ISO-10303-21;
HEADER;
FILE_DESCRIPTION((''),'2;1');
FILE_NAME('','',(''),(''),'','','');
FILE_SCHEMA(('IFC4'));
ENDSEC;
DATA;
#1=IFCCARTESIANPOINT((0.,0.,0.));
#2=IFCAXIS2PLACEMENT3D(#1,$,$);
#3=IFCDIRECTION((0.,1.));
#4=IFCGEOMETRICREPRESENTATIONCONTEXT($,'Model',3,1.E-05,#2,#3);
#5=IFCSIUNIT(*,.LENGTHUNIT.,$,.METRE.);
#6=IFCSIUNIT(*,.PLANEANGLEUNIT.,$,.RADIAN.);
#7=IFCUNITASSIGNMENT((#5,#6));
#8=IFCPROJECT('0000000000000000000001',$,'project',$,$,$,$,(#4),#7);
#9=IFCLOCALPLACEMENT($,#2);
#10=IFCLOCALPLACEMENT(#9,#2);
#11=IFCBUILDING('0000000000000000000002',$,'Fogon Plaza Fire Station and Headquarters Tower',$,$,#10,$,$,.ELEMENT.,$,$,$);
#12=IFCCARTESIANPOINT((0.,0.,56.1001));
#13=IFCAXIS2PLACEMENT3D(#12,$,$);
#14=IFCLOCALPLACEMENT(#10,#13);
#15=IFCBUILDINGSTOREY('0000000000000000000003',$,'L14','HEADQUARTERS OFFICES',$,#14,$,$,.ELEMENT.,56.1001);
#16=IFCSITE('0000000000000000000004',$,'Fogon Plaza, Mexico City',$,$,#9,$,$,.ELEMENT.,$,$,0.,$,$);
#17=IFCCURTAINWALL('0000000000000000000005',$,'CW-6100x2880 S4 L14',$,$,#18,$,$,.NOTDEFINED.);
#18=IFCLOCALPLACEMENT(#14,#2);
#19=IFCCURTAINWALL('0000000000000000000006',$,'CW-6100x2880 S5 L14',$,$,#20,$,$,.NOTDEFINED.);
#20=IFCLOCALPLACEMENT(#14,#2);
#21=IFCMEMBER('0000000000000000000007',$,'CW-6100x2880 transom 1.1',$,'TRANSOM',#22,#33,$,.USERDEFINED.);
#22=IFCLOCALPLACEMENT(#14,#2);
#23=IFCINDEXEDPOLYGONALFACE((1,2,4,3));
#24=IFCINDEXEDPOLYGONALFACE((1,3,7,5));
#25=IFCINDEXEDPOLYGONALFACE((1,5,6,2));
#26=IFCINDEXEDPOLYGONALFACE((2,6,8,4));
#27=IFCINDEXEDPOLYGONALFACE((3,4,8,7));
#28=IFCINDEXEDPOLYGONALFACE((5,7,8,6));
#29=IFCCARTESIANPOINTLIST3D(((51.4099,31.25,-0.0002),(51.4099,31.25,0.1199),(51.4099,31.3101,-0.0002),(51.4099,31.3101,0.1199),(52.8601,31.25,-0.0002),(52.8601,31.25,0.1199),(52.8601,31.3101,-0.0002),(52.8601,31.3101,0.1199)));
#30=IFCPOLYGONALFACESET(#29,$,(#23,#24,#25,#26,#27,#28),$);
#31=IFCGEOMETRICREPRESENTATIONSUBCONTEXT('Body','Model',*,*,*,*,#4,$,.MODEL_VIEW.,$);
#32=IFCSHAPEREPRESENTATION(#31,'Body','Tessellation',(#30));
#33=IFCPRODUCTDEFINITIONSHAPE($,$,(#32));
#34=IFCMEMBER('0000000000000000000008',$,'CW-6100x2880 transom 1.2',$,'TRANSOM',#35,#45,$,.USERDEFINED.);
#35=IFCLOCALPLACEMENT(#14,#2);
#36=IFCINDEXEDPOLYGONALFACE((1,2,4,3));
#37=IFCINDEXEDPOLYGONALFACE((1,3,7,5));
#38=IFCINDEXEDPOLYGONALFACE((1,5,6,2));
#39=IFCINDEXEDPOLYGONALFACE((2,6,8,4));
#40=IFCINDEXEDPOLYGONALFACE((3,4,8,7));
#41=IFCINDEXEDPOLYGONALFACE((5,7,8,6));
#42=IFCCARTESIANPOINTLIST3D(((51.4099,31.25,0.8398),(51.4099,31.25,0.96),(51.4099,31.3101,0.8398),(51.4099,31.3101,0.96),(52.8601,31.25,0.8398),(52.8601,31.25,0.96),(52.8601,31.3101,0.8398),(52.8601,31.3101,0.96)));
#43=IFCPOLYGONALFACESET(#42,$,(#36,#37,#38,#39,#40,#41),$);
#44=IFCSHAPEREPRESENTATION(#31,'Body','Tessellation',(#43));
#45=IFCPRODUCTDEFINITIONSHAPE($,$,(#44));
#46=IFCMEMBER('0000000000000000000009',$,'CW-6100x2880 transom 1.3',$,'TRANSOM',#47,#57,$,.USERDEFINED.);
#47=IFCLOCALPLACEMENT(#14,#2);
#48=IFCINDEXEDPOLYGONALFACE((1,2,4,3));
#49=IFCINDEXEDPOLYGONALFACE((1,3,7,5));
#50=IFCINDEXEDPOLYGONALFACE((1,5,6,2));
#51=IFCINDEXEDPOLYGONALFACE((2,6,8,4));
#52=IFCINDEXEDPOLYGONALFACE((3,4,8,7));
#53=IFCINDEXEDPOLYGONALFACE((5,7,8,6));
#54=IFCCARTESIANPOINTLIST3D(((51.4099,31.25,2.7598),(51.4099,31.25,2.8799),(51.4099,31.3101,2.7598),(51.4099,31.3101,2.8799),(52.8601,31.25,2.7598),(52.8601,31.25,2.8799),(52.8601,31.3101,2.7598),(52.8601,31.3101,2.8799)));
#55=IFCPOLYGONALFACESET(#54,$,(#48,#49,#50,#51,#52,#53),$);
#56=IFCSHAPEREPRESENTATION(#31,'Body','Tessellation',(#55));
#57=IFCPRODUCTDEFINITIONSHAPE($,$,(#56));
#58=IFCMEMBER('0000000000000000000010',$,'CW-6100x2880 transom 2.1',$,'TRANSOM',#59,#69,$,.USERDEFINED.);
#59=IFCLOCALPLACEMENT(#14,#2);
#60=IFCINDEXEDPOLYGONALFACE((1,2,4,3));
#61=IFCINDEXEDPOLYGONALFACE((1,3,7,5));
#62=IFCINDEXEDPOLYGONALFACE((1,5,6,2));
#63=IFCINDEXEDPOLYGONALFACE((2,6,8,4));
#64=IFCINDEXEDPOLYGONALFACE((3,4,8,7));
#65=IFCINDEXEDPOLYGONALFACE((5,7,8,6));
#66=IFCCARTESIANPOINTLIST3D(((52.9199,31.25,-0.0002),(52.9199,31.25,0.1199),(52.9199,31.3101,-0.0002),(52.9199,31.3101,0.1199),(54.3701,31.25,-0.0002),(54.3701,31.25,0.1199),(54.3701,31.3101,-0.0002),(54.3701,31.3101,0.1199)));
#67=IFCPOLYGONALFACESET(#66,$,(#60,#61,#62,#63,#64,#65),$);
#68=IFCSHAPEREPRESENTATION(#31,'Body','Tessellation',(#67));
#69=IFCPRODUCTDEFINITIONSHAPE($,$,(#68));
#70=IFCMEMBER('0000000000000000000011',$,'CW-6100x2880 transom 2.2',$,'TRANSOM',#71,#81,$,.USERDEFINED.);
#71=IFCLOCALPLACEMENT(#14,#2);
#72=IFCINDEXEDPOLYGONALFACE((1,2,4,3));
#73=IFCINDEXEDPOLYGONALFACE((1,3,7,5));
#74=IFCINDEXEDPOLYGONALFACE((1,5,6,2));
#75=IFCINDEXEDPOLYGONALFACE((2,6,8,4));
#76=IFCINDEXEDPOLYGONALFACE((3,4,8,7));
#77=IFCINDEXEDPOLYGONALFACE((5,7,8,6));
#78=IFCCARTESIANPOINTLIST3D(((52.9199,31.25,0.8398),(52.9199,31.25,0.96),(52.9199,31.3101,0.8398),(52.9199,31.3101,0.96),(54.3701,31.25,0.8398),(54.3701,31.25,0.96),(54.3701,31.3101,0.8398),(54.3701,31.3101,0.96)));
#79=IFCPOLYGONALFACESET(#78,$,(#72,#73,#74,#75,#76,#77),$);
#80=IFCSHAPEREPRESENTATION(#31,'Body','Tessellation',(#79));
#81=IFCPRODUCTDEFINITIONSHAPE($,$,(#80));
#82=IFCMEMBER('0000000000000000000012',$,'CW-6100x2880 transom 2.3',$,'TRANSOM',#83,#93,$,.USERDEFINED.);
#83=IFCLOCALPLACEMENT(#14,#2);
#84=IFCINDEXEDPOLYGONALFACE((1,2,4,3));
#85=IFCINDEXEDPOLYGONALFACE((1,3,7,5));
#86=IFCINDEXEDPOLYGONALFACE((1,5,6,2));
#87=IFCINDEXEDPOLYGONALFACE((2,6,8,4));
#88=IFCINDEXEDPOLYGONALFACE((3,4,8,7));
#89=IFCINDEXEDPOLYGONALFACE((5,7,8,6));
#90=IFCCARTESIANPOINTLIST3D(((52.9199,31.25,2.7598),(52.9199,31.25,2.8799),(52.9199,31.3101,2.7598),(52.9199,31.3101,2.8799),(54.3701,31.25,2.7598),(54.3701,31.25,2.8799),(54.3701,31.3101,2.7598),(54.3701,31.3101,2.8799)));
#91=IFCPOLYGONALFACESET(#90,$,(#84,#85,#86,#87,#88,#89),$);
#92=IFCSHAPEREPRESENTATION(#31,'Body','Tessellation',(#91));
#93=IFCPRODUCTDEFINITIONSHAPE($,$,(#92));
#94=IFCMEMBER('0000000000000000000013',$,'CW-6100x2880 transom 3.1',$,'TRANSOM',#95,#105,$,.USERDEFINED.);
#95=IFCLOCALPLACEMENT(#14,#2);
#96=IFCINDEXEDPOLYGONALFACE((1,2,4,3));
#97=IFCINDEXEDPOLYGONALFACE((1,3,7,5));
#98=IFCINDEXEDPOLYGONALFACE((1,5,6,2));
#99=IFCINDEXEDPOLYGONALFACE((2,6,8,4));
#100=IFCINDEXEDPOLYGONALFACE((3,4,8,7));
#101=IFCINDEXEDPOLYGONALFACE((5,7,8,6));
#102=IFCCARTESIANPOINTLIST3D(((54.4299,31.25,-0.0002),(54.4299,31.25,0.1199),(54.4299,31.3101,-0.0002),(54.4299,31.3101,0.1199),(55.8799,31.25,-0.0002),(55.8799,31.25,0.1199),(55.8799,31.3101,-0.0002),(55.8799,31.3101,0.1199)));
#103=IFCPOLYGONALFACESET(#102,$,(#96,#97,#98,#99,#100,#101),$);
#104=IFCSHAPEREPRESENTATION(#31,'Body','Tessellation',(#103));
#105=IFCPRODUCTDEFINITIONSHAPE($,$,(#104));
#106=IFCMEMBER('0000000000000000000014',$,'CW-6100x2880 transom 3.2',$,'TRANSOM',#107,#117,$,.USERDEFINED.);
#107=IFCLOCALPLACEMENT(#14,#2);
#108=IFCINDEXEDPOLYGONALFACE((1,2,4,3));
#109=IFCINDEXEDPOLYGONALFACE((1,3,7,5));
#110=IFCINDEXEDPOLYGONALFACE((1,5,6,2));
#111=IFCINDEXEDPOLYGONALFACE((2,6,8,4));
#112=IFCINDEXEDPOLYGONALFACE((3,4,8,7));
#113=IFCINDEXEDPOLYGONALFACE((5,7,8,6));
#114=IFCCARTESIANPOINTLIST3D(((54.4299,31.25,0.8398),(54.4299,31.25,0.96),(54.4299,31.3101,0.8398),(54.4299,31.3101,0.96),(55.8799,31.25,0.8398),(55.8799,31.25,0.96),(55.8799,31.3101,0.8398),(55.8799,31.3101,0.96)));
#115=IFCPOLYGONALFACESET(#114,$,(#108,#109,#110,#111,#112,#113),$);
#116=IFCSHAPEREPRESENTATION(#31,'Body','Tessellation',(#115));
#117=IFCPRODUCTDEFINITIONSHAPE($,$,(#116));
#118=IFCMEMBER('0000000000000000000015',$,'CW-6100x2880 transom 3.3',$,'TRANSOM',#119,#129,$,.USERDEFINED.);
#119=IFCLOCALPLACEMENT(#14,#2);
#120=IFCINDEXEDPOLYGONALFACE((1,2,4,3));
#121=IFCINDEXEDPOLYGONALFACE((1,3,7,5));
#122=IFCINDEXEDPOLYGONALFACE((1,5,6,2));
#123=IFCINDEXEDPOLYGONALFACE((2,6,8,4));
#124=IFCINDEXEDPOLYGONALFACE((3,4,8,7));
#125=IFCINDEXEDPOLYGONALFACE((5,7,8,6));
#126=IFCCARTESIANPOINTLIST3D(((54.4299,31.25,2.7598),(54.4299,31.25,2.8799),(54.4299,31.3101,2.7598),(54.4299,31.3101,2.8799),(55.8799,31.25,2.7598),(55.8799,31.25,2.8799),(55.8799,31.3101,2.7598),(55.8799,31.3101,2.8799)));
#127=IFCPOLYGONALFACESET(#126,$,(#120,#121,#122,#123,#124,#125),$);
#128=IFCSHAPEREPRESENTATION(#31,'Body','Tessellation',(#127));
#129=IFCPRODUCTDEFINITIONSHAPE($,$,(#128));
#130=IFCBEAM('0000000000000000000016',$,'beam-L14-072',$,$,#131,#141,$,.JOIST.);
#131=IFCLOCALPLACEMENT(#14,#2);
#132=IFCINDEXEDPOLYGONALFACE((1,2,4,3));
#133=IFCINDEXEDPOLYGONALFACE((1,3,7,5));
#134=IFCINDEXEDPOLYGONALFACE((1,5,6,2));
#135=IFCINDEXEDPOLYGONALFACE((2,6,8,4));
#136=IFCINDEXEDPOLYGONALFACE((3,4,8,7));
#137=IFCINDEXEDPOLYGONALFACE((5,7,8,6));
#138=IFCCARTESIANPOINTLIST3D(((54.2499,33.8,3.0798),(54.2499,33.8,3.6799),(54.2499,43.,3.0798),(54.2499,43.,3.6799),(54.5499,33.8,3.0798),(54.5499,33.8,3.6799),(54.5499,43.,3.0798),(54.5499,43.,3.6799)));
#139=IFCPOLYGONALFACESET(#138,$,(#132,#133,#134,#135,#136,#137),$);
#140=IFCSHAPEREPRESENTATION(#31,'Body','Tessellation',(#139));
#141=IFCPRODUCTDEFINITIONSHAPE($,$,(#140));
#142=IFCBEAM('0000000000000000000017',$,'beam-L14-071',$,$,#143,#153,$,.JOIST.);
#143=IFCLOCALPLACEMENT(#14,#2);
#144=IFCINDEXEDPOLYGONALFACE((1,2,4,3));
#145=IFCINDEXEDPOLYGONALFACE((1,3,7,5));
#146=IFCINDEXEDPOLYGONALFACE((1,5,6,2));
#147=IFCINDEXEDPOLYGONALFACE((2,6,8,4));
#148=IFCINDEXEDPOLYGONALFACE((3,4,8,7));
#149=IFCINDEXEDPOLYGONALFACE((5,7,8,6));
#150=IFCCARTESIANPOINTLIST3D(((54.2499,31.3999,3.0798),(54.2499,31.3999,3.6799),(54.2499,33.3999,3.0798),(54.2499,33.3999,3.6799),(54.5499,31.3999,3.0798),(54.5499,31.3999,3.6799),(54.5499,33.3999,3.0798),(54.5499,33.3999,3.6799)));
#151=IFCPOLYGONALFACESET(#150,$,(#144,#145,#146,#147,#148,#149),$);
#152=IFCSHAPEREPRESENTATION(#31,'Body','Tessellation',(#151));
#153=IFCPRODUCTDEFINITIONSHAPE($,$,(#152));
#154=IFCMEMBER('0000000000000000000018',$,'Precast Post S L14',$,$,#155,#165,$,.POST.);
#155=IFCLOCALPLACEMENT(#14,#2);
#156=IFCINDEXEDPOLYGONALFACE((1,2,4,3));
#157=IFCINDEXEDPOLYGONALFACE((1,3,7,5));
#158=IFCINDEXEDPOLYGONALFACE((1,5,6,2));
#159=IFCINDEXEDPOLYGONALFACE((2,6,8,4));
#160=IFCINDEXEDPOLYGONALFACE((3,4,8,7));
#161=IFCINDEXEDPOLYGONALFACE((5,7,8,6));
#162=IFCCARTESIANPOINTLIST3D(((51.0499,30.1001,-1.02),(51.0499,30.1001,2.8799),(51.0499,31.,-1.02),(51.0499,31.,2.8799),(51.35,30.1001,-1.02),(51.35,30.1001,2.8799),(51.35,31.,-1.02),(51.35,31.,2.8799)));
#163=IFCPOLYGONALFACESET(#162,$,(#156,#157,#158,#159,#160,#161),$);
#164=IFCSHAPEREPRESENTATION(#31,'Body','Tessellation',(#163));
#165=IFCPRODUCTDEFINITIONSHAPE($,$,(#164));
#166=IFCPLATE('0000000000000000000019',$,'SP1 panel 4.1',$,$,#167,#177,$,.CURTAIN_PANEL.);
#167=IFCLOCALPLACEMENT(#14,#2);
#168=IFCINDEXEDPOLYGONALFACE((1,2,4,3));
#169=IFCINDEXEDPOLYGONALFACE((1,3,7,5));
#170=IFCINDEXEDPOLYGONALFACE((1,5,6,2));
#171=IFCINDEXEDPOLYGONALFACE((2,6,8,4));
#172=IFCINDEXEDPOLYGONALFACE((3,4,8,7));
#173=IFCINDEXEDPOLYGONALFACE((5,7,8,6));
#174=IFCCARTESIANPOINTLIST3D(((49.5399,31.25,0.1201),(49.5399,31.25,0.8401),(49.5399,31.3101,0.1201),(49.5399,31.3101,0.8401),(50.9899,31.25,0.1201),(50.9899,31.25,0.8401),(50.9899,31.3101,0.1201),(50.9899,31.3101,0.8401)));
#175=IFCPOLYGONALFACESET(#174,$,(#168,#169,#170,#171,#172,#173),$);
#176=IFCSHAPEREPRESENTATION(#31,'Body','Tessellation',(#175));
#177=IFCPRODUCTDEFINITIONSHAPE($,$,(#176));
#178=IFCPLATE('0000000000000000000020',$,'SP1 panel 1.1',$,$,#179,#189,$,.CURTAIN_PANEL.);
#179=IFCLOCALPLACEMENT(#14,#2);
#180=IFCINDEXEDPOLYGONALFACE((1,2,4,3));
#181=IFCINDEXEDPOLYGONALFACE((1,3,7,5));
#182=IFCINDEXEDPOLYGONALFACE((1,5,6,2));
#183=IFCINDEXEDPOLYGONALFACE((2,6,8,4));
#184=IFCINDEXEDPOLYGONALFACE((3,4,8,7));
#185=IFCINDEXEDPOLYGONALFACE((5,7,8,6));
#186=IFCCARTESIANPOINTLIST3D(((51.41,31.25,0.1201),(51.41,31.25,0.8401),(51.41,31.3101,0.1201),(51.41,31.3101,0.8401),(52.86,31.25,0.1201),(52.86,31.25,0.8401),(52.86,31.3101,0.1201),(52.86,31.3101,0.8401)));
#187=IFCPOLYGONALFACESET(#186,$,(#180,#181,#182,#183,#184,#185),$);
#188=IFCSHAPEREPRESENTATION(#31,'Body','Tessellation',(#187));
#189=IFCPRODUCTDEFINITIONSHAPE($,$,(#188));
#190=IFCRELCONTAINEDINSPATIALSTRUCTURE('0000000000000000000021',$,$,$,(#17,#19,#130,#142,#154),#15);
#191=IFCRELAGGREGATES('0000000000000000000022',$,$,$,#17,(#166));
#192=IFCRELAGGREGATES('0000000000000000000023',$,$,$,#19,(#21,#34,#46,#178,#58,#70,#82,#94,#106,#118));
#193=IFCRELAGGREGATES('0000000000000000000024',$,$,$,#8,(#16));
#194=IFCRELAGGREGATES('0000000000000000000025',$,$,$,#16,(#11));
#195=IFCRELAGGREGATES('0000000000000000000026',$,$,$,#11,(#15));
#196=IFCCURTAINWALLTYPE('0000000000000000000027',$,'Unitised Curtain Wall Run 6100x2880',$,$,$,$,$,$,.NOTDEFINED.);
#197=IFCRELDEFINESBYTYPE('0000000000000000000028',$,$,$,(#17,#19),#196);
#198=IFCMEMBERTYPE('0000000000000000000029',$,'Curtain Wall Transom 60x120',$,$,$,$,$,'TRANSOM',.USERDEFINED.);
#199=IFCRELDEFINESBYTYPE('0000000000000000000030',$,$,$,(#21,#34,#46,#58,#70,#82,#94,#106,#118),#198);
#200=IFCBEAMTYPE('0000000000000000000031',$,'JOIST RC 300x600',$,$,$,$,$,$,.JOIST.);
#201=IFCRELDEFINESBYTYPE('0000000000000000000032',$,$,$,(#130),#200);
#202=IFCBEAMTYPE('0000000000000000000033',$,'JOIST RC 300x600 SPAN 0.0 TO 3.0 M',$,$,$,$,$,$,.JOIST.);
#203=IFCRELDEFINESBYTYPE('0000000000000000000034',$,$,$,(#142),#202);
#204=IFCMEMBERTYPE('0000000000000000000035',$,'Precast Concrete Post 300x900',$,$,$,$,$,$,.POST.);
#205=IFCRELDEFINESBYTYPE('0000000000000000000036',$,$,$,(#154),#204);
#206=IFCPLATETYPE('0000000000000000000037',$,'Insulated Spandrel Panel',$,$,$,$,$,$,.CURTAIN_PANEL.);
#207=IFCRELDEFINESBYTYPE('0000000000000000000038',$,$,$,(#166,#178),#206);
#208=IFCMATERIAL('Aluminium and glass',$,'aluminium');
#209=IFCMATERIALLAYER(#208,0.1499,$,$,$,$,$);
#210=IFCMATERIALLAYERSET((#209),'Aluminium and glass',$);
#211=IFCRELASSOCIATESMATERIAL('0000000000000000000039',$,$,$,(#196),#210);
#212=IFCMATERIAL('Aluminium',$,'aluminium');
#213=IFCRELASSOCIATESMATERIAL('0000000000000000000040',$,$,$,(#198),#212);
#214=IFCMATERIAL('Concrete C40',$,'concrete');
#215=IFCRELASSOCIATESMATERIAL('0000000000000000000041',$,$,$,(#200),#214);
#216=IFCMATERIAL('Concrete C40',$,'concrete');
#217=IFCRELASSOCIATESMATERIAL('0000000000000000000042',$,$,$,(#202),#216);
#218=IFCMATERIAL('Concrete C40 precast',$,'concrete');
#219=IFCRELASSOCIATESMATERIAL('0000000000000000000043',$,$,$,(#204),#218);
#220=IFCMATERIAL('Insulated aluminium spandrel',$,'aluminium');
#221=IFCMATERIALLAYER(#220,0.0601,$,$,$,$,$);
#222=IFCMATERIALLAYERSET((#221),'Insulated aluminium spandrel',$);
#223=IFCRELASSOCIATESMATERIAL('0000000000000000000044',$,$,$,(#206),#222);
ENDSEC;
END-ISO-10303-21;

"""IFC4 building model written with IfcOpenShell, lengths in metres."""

from ifc_helpers import new_model, si_unit, direction, frame, origin, origin_2d, place, context, subcontext, project, spatial, rectangle, extrude, material, layer, layer_set, material_profile, profile_set, type_object, element, aggregate, save


model = new_model("IFC4")

# Units and contexts
model_context = context("Model", 3, precision=1e-05, world=origin(), true_north=direction((0.0, 1.0)))
body_context = subcontext(model_context, "Body", "Model", "MODEL_VIEW")
ifc_project = project(units=[si_unit("LENGTHUNIT", "METRE"), si_unit("PLANEANGLEUNIT", "RADIAN")], contexts=[model_context])

# Site, building, storey
site_placement = place(None, origin())
site = spatial("IfcSite", under=ifc_project, at=site_placement, Name="Fogon Plaza, Mexico City", CompositionType="ELEMENT", RefElevation=0.0)
building_placement = place(site_placement, origin())
building = spatial("IfcBuilding", under=site, at=building_placement, Name="Fogon Plaza Fire Station and Headquarters Tower", CompositionType="ELEMENT")
storey_placement = place(building_placement, frame((0.0, 0.0, 56.1001)))
storey = spatial("IfcBuildingStorey", under=building, at=storey_placement, Name="L14", Description="HEADQUARTERS OFFICES", CompositionType="ELEMENT", Elevation=56.1001)

# Curtain walls
ifc_material_1 = material(Name="Aluminium and glass", Category="aluminium")
ifc_layer_1 = layer(ifc_material_1, 0.1499)
ifc_layer_set_1 = layer_set([ifc_layer_1], Name="Aluminium and glass")
curtain_wall_type = type_object("IfcCurtainWallType", Name="Unitised Curtain Wall Run 6100x2880", PredefinedType="NOTDEFINED", material=ifc_layer_set_1)
curtain_wall_1_placement = place(storey_placement, origin())
curtain_wall_1 = element("IfcCurtainWall", 1, at=curtain_wall_1_placement, inside=storey, type_object=curtain_wall_type, Name="CW-6100x2880 S4 L14", PredefinedType="NOTDEFINED")
curtain_wall_2_placement = place(storey_placement, origin())
curtain_wall_2 = element("IfcCurtainWall", 2, at=curtain_wall_2_placement, inside=storey, type_object=curtain_wall_type, Name="CW-6100x2880 S5 L14", PredefinedType="NOTDEFINED")

# Members
ifc_material_2 = material(Name="Aluminium", Category="aluminium")
ifc_material_profile_1 = material_profile(ifc_material_2, rectangle(XDim=0.0601, YDim=0.1201, at=origin_2d()), Name="Curtain Wall Transom 60x120")
ifc_profile_set_1 = profile_set([ifc_material_profile_1], Name="Aluminium")
member_type_1 = type_object("IfcMemberType", Name="Curtain Wall Transom 60x120", ElementType="TRANSOM", PredefinedType="USERDEFINED", material=ifc_profile_set_1)
member_1_placement = place(storey_placement, frame((51.4099, 31.28, 0.0598), z_axis=(1.0, 0.0, 0.0), x_axis=(0.0, 1.0, 0.0)))
member_1 = element("IfcMember", 3, at=member_1_placement, type_object=member_type_1, Name="CW-6100x2880 transom 1.1", ObjectType="TRANSOM", PredefinedType="USERDEFINED", context=body_context, shape_type="SweptSolid", body=[
    extrude(rectangle(XDim=0.0601, YDim=0.1201, at=origin_2d()), origin(), (0.0, 0.0, 1.0), 1.4502),
])
member_2_placement = place(storey_placement, frame((51.4099, 31.28, 0.8999), z_axis=(1.0, 0.0, 0.0), x_axis=(0.0, 1.0, 0.0)))
member_2 = element("IfcMember", 4, at=member_2_placement, type_object=member_type_1, Name="CW-6100x2880 transom 1.2", ObjectType="TRANSOM", PredefinedType="USERDEFINED", context=body_context, shape_type="SweptSolid", body=[
    extrude(rectangle(XDim=0.0601, YDim=0.1201, at=origin_2d()), origin(), (0.0, 0.0, 1.0), 1.4502),
])
member_3_placement = place(storey_placement, frame((51.4099, 31.28, 2.8198), z_axis=(1.0, 0.0, 0.0), x_axis=(0.0, 1.0, 0.0)))
member_3 = element("IfcMember", 5, at=member_3_placement, type_object=member_type_1, Name="CW-6100x2880 transom 1.3", ObjectType="TRANSOM", PredefinedType="USERDEFINED", context=body_context, shape_type="SweptSolid", body=[
    extrude(rectangle(XDim=0.0601, YDim=0.1201, at=origin_2d()), origin(), (0.0, 0.0, 1.0), 1.4502),
])
member_4_placement = place(storey_placement, frame((52.9199, 31.28, 0.0598), z_axis=(1.0, 0.0, 0.0), x_axis=(0.0, 1.0, 0.0)))
member_4 = element("IfcMember", 6, at=member_4_placement, type_object=member_type_1, Name="CW-6100x2880 transom 2.1", ObjectType="TRANSOM", PredefinedType="USERDEFINED", context=body_context, shape_type="SweptSolid", body=[
    extrude(rectangle(XDim=0.0601, YDim=0.1201, at=origin_2d()), origin(), (0.0, 0.0, 1.0), 1.4502),
])
member_5_placement = place(storey_placement, frame((52.9199, 31.28, 0.8999), z_axis=(1.0, 0.0, 0.0), x_axis=(0.0, 1.0, 0.0)))
member_5 = element("IfcMember", 7, at=member_5_placement, type_object=member_type_1, Name="CW-6100x2880 transom 2.2", ObjectType="TRANSOM", PredefinedType="USERDEFINED", context=body_context, shape_type="SweptSolid", body=[
    extrude(rectangle(XDim=0.0601, YDim=0.1201, at=origin_2d()), origin(), (0.0, 0.0, 1.0), 1.4502),
])
member_6_placement = place(storey_placement, frame((52.9199, 31.28, 2.8198), z_axis=(1.0, 0.0, 0.0), x_axis=(0.0, 1.0, 0.0)))
member_6 = element("IfcMember", 8, at=member_6_placement, type_object=member_type_1, Name="CW-6100x2880 transom 2.3", ObjectType="TRANSOM", PredefinedType="USERDEFINED", context=body_context, shape_type="SweptSolid", body=[
    extrude(rectangle(XDim=0.0601, YDim=0.1201, at=origin_2d()), origin(), (0.0, 0.0, 1.0), 1.4502),
])
member_7_placement = place(storey_placement, frame((54.4299, 31.28, 0.0598), z_axis=(1.0, 0.0, 0.0), x_axis=(0.0, 1.0, 0.0)))
member_7 = element("IfcMember", 9, at=member_7_placement, type_object=member_type_1, Name="CW-6100x2880 transom 3.1", ObjectType="TRANSOM", PredefinedType="USERDEFINED", context=body_context, shape_type="SweptSolid", body=[
    extrude(rectangle(XDim=0.0601, YDim=0.1201, at=origin_2d()), origin(), (0.0, 0.0, 1.0), 1.45),
])
member_8_placement = place(storey_placement, frame((54.4299, 31.28, 0.8999), z_axis=(1.0, 0.0, 0.0), x_axis=(0.0, 1.0, 0.0)))
member_8 = element("IfcMember", 10, at=member_8_placement, type_object=member_type_1, Name="CW-6100x2880 transom 3.2", ObjectType="TRANSOM", PredefinedType="USERDEFINED", context=body_context, shape_type="SweptSolid", body=[
    extrude(rectangle(XDim=0.0601, YDim=0.1201, at=origin_2d()), origin(), (0.0, 0.0, 1.0), 1.45),
])
member_9_placement = place(storey_placement, frame((54.4299, 31.28, 2.8198), z_axis=(1.0, 0.0, 0.0), x_axis=(0.0, 1.0, 0.0)))
member_9 = element("IfcMember", 11, at=member_9_placement, type_object=member_type_1, Name="CW-6100x2880 transom 3.3", ObjectType="TRANSOM", PredefinedType="USERDEFINED", context=body_context, shape_type="SweptSolid", body=[
    extrude(rectangle(XDim=0.0601, YDim=0.1201, at=origin_2d()), origin(), (0.0, 0.0, 1.0), 1.45),
])

# Beams
ifc_material_3 = material(Name="Concrete C40", Category="concrete")
ifc_material_profile_2 = material_profile(ifc_material_3, rectangle(XDim=0.3, YDim=0.6001, at=origin_2d()), Name="RC 300x600")
ifc_profile_set_2 = profile_set([ifc_material_profile_2], Name="Concrete C40")
beam_type_1 = type_object("IfcBeamType", Name="JOIST RC 300x600", PredefinedType="JOIST", material=ifc_profile_set_2)
beam_1_placement = place(storey_placement, frame((54.3999, 33.8, 3.3799), z_axis=(0.0, 1.0, 0.0), x_axis=(-1.0, 0.0, 0.0)))
element("IfcBeam", 12, at=beam_1_placement, inside=storey, type_object=beam_type_1, Name="beam-L14-072", PredefinedType="JOIST", context=body_context, shape_type="SweptSolid", body=[
    extrude(rectangle(XDim=0.3, YDim=0.6001, at=origin_2d()), origin(), (0.0, 0.0, 1.0), 9.2),
])
ifc_material_4 = material(Name="Concrete C40", Category="concrete")
ifc_material_profile_3 = material_profile(ifc_material_4, rectangle(XDim=0.3, YDim=0.6001, at=origin_2d()), Name="RC 300x600")
ifc_profile_set_3 = profile_set([ifc_material_profile_3], Name="Concrete C40")
beam_type_2 = type_object("IfcBeamType", Name="JOIST RC 300x600 SPAN 0.0 TO 3.0 M", PredefinedType="JOIST", material=ifc_profile_set_3)
beam_2_placement = place(storey_placement, frame((54.3999, 31.3999, 3.3799), z_axis=(0.0, 1.0, 0.0), x_axis=(-1.0, 0.0, 0.0)))
element("IfcBeam", 13, at=beam_2_placement, inside=storey, type_object=beam_type_2, Name="beam-L14-071", PredefinedType="JOIST", context=body_context, shape_type="SweptSolid", body=[
    extrude(rectangle(XDim=0.3, YDim=0.6001, at=origin_2d()), origin(), (0.0, 0.0, 1.0), 2.0),
])

# Member
ifc_material_5 = material(Name="Concrete C40 precast", Category="concrete")
ifc_material_profile_4 = material_profile(ifc_material_5, rectangle(XDim=0.3, YDim=0.8999, at=origin_2d()), Name="Precast Concrete Post 300x900")
ifc_profile_set_4 = profile_set([ifc_material_profile_4], Name="Concrete C40 precast")
member_type_2 = type_object("IfcMemberType", Name="Precast Concrete Post 300x900", PredefinedType="POST", material=ifc_profile_set_4)
member_10_placement = place(storey_placement, frame((51.2, 30.55, -1.02), z_axis=(0.0, 0.0, 1.0), x_axis=(1.0, 0.0, 0.0)))
element("IfcMember", 14, at=member_10_placement, inside=storey, type_object=member_type_2, Name="Precast Post S L14", PredefinedType="POST", context=body_context, shape_type="SweptSolid", body=[
    extrude(rectangle(XDim=0.3, YDim=0.8999, at=origin_2d()), origin(), (0.0, 0.0, 1.0), 3.8999),
])

# Plates
ifc_material_6 = material(Name="Insulated aluminium spandrel", Category="aluminium")
ifc_layer_2 = layer(ifc_material_6, 0.0601)
ifc_layer_set_2 = layer_set([ifc_layer_2], Name="Insulated aluminium spandrel")
plate_type_1 = type_object("IfcPlateType", Name="Insulated Spandrel Panel", PredefinedType="CURTAIN_PANEL", material=ifc_layer_set_2)
plate_1_placement = place(storey_placement, frame((50.2649, 31.28, 0.1201), z_axis=(0.0, 0.0, 1.0), x_axis=(1.0, 0.0, 0.0)))
plate_1 = element("IfcPlate", 15, at=plate_1_placement, type_object=plate_type_1, Name="SP1 panel 4.1", PredefinedType="CURTAIN_PANEL", context=body_context, shape_type="SweptSolid", body=[
    extrude(rectangle(XDim=1.45, YDim=0.0601, at=origin_2d()), origin(), (0.0, 0.0, 1.0), 0.72),
])
plate_2_placement = place(storey_placement, frame((52.135, 31.28, 0.1201), z_axis=(0.0, 0.0, 1.0), x_axis=(1.0, 0.0, 0.0)))
plate_2 = element("IfcPlate", 16, at=plate_2_placement, type_object=plate_type_1, Name="SP1 panel 1.1", PredefinedType="CURTAIN_PANEL", context=body_context, shape_type="SweptSolid", body=[
    extrude(rectangle(XDim=1.45, YDim=0.0601, at=origin_2d()), origin(), (0.0, 0.0, 1.0), 0.72),
])
aggregate(curtain_wall_1, [plate_1])
aggregate(curtain_wall_2, [member_1, member_2, member_3, plate_2, member_4, member_5, member_6, member_7, member_8, member_9])

save(model, "model.ifc")
